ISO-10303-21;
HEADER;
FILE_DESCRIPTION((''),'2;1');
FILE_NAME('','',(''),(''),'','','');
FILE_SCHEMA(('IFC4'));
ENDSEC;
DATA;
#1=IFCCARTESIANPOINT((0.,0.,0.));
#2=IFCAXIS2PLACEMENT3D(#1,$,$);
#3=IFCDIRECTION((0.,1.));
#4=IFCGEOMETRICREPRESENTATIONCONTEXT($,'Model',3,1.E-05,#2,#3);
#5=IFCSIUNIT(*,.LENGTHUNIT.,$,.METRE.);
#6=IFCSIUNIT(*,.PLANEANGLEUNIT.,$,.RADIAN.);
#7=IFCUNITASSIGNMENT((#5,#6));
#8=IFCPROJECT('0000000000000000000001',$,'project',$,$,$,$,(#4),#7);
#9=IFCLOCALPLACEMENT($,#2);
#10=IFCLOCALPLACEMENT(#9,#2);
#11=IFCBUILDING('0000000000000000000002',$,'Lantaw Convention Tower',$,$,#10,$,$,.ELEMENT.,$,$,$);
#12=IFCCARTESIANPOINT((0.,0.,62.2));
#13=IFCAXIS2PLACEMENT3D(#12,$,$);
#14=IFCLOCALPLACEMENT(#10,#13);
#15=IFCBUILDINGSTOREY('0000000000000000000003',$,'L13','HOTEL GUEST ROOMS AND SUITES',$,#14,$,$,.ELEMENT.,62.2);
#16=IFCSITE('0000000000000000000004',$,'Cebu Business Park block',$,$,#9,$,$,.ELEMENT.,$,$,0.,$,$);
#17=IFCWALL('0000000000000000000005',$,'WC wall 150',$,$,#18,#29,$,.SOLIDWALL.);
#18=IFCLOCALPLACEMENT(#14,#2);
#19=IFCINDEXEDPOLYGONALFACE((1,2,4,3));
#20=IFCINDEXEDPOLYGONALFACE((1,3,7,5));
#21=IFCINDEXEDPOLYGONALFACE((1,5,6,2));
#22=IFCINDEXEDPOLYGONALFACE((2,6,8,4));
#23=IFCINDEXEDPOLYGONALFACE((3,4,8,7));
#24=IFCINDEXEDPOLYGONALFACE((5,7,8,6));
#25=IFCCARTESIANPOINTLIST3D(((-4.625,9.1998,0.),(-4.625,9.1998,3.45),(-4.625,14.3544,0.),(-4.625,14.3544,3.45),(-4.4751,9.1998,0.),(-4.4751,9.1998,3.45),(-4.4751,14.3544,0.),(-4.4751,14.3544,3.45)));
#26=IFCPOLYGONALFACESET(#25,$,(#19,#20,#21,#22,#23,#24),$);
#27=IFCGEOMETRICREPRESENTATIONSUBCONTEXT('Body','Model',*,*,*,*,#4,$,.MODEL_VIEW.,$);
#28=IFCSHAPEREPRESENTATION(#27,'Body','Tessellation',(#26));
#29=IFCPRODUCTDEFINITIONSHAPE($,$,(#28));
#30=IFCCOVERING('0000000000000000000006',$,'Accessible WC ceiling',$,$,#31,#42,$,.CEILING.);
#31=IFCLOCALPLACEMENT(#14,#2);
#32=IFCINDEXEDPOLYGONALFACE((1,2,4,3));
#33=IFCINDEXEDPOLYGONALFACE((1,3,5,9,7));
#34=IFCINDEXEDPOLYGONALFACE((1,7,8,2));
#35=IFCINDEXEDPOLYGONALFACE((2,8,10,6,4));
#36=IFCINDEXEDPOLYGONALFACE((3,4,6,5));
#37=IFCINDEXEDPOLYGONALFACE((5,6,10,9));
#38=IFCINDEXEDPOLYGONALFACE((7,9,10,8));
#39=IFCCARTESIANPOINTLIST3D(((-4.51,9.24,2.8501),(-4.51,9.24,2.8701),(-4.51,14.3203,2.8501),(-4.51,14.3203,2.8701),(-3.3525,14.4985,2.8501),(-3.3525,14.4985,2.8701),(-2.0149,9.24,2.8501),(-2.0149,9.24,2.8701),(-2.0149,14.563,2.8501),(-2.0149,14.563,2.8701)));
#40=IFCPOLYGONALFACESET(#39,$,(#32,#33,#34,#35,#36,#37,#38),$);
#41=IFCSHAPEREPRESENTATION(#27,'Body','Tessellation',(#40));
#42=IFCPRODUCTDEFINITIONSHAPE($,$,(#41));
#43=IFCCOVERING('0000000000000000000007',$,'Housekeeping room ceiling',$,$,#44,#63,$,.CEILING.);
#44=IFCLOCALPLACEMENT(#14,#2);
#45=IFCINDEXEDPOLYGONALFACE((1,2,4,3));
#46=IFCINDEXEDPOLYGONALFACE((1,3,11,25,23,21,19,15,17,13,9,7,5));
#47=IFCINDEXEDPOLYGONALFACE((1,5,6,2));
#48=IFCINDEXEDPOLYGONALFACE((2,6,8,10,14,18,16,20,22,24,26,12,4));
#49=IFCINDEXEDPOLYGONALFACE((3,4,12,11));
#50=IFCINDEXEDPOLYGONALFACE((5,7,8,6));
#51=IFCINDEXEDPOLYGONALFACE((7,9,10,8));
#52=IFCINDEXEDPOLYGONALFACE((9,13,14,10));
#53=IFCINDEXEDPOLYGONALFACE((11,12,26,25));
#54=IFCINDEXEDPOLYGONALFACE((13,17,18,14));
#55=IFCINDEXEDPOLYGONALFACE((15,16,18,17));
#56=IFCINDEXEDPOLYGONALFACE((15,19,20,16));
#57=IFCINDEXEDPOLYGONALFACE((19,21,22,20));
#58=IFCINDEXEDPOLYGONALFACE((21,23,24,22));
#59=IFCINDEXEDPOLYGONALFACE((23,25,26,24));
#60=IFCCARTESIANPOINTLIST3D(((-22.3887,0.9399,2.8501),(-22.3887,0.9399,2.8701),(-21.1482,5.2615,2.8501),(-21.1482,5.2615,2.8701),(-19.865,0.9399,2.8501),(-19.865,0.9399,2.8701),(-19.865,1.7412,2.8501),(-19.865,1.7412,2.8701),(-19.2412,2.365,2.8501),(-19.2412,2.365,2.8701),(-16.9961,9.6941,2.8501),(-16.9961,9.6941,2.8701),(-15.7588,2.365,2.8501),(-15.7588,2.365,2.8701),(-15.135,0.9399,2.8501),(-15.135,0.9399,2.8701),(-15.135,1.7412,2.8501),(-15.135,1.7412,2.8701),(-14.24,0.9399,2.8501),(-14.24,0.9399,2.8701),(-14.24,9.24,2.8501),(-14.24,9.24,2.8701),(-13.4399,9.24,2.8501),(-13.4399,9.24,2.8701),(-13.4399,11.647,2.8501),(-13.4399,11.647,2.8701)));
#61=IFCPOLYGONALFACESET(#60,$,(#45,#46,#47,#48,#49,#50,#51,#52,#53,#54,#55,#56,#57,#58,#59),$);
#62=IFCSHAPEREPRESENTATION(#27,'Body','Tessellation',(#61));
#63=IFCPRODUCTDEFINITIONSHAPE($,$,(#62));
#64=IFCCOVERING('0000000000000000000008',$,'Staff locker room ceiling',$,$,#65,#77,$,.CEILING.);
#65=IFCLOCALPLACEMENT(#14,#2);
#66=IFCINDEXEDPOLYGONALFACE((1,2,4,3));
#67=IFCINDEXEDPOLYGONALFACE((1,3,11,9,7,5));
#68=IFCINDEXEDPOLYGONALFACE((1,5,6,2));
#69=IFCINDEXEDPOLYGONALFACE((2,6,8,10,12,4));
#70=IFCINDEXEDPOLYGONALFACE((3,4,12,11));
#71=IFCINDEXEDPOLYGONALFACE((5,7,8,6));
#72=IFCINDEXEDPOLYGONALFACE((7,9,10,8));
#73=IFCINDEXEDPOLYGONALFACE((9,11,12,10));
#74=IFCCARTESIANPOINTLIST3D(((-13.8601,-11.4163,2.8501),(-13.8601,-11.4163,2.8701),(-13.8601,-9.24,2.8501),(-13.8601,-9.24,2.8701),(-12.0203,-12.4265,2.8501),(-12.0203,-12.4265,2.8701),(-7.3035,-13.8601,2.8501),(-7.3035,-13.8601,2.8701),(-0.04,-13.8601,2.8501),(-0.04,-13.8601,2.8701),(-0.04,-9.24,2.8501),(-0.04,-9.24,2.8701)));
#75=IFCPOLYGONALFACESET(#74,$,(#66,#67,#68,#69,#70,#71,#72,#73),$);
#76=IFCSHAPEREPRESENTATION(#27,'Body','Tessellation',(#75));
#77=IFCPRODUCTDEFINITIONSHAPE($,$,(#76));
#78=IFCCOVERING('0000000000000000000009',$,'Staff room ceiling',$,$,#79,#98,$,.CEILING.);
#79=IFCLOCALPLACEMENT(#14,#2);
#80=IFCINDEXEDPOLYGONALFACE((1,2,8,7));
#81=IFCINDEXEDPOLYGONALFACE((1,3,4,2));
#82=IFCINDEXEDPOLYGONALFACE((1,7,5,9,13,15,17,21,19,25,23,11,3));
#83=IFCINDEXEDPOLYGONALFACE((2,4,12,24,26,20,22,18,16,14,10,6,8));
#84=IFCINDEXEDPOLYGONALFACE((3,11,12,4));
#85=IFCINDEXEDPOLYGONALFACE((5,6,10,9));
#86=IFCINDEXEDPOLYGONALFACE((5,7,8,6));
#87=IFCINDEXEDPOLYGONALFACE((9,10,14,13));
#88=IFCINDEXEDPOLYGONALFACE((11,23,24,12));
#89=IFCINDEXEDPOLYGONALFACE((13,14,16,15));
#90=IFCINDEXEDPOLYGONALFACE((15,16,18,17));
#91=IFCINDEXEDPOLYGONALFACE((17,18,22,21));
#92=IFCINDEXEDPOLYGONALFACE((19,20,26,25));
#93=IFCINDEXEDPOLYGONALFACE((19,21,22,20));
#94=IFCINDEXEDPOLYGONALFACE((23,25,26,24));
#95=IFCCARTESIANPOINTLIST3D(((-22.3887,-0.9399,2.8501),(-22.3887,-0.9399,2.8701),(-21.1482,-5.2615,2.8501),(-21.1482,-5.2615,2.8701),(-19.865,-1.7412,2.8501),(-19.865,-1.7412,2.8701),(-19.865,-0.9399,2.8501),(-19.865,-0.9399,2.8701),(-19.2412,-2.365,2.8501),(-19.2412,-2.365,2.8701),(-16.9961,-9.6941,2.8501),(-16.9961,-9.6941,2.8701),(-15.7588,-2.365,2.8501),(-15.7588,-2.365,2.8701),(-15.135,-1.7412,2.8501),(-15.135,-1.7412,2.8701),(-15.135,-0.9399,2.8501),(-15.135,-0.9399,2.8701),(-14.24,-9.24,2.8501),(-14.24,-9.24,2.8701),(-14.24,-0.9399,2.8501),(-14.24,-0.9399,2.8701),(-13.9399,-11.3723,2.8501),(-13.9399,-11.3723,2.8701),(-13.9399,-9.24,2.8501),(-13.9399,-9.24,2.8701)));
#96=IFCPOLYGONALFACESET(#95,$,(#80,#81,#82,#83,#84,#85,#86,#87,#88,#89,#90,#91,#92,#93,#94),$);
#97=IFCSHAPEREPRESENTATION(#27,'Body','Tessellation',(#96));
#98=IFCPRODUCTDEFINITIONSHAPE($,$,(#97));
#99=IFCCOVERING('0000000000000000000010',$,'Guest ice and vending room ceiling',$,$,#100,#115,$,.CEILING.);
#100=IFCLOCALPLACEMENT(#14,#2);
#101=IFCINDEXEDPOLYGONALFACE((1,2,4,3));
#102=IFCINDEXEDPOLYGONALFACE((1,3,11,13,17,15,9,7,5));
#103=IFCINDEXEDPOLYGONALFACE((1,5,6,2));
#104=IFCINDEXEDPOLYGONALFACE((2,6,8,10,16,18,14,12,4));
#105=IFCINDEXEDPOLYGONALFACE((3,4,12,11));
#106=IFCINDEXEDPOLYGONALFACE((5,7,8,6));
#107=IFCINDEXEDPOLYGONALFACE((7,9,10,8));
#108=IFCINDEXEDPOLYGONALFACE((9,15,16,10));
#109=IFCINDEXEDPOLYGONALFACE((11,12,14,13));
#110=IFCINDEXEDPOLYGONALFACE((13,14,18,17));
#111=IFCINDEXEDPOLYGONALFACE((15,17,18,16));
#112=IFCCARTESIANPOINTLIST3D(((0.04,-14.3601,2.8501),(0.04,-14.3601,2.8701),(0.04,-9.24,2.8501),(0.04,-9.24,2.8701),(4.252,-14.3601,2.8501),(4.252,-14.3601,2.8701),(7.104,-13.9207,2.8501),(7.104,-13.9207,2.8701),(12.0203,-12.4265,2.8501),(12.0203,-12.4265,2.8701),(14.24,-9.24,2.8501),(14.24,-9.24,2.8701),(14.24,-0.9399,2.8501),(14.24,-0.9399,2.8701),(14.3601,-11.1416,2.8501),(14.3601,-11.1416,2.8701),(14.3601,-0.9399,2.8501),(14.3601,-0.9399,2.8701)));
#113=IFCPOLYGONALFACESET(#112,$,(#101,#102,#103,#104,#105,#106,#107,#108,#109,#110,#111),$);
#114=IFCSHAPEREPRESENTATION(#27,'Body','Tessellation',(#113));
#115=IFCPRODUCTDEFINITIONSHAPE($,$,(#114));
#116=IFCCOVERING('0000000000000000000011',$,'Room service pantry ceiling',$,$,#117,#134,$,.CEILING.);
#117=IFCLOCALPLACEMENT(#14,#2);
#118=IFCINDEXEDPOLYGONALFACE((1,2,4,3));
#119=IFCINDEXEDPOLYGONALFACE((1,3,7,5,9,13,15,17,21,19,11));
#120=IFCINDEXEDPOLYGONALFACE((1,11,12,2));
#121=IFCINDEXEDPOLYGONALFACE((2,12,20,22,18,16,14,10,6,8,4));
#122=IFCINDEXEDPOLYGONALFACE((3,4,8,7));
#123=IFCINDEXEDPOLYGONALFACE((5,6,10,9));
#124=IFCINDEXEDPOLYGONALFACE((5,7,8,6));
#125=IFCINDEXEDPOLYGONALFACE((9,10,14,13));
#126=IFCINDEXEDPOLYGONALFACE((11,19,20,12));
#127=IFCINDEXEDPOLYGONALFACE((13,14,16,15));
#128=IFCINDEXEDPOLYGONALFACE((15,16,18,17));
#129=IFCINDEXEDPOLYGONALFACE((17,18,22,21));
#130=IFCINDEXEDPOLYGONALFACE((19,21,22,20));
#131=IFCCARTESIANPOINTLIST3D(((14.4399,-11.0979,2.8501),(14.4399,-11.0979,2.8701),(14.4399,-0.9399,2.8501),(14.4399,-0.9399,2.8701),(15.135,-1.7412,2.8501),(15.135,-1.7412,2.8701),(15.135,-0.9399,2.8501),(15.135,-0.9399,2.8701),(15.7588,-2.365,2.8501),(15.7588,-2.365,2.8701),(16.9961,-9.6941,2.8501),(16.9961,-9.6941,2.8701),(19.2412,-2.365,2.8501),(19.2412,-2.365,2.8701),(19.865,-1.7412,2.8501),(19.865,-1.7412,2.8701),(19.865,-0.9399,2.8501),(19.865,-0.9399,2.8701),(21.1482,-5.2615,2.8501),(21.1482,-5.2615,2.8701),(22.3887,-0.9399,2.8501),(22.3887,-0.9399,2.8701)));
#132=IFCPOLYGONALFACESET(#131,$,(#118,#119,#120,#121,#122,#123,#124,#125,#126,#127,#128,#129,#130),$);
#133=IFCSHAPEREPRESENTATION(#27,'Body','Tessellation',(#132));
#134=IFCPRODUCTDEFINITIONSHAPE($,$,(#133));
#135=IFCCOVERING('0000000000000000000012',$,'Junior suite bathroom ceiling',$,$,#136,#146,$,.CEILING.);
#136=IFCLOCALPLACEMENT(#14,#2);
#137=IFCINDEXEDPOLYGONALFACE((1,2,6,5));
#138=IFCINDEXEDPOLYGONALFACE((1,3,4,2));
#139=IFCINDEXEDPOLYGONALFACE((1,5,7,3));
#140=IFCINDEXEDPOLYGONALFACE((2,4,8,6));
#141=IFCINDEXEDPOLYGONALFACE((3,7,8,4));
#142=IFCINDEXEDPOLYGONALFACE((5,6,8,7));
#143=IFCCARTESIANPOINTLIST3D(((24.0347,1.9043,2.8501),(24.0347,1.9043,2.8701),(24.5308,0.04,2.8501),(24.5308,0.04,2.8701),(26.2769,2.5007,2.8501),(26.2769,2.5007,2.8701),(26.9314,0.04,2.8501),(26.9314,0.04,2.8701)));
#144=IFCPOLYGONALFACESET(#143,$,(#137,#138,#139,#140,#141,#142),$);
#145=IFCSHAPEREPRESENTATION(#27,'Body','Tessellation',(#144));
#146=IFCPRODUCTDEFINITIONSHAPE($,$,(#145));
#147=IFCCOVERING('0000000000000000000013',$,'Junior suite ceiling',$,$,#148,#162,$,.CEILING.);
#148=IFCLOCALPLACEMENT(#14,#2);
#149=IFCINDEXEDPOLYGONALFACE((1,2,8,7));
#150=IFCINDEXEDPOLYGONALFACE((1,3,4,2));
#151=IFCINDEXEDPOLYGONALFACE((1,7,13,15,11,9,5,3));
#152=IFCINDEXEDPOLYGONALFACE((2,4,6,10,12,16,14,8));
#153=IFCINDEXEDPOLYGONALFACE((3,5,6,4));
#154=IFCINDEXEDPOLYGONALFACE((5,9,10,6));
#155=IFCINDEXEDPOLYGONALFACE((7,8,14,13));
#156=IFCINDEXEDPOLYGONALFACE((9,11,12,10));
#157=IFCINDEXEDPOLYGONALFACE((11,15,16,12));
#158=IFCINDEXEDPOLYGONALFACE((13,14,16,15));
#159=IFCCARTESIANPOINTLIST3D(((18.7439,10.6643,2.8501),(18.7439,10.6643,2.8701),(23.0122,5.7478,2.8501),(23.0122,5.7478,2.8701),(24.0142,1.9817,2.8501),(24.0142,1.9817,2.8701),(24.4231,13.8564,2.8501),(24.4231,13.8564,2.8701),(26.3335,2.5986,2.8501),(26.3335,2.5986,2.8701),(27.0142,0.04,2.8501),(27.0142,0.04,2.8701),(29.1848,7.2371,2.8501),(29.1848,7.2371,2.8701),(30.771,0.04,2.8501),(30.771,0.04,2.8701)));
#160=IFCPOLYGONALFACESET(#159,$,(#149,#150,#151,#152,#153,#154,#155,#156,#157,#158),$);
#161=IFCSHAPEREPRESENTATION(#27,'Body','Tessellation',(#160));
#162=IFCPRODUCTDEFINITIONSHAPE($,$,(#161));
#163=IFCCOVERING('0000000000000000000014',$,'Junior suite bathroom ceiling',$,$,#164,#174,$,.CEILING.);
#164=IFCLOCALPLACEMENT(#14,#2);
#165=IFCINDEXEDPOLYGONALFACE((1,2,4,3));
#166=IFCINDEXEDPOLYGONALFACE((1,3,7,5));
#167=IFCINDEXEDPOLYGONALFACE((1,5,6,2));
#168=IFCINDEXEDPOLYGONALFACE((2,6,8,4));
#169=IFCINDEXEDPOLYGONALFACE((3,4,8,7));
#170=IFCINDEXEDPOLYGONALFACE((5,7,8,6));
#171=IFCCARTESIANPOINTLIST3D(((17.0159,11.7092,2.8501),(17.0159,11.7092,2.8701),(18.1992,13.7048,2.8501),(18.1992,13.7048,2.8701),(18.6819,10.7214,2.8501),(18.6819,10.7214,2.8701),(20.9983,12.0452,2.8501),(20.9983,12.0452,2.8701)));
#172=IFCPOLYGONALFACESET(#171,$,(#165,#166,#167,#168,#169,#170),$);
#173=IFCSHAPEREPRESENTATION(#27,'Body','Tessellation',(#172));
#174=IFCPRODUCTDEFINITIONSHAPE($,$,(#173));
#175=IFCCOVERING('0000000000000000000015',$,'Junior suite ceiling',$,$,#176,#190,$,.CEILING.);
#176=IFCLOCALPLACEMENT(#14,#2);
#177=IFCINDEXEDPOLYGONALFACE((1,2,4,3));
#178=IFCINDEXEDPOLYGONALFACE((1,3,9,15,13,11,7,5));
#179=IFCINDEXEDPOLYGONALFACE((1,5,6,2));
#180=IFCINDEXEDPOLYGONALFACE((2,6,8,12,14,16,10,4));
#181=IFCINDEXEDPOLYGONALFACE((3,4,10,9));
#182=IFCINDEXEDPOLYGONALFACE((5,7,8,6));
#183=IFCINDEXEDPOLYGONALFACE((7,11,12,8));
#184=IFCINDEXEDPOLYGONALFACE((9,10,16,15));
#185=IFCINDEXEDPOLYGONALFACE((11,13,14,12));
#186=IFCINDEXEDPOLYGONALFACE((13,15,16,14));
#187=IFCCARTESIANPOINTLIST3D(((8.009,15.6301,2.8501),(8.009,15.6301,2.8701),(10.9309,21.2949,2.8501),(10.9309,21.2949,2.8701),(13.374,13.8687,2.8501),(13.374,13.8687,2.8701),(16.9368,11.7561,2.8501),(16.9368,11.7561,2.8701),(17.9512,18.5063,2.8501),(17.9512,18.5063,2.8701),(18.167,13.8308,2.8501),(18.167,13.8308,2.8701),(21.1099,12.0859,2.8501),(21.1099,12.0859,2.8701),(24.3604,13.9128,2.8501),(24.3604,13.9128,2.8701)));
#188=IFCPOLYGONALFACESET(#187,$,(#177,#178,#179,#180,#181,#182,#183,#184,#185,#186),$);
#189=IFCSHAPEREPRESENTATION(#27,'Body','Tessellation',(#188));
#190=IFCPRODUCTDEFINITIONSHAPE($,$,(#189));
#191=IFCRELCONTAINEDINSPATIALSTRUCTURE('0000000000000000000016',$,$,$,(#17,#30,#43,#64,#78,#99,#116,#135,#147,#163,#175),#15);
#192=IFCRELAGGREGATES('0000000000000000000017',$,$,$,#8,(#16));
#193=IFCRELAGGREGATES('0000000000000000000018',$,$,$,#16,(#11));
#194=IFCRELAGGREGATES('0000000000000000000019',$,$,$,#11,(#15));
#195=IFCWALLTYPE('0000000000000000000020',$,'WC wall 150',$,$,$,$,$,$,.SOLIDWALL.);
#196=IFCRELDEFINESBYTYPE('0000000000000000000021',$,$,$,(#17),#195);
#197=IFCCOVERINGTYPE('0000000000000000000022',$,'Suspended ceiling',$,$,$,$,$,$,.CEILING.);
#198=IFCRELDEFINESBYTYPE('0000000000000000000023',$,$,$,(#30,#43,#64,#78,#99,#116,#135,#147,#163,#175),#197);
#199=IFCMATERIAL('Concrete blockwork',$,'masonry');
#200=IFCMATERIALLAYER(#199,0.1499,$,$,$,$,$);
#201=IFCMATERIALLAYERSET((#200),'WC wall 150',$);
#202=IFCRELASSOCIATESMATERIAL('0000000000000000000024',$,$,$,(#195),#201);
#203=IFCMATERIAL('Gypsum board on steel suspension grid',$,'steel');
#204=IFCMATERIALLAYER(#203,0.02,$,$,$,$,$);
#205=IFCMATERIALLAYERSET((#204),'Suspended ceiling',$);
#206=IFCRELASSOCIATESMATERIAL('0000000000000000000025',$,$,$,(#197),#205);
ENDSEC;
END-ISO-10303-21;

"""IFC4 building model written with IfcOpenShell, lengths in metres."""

from ifc_helpers import new_model, si_unit, direction, frame, frame_2d, origin, place, context, subcontext, project, spatial, polyline, rectangle, outline, extrude, material, layer, layer_set, type_object, element, save


model = new_model("IFC4")

# Units and contexts
model_context = context("Model", 3, precision=1e-05, world=origin(), true_north=direction((0.0, 1.0)))
body_context = subcontext(model_context, "Body", "Model", "MODEL_VIEW")
ifc_project = project(units=[si_unit("LENGTHUNIT", "METRE"), si_unit("PLANEANGLEUNIT", "RADIAN")], contexts=[model_context])

# Site, building, storey
site_placement = place(None, origin())
site = spatial("IfcSite", under=ifc_project, at=site_placement, Name="Cebu Business Park block", CompositionType="ELEMENT", RefElevation=0.0)
building_placement = place(site_placement, origin())
building = spatial("IfcBuilding", under=site, at=building_placement, Name="Lantaw Convention Tower", CompositionType="ELEMENT")
storey_placement = place(building_placement, frame((0.0, 0.0, 62.2)))
storey = spatial("IfcBuildingStorey", under=building, at=storey_placement, Name="L13", Description="HOTEL GUEST ROOMS AND SUITES", CompositionType="ELEMENT", Elevation=62.2)

# Wall
ifc_material_1 = material(Name="Concrete blockwork", Category="masonry")
ifc_layer_1 = layer(ifc_material_1, 0.1499)
ifc_layer_set_1 = layer_set([ifc_layer_1], Name="WC wall 150")
wall_type_1 = type_object("IfcWallType", Name="WC wall 150", PredefinedType="SOLIDWALL", material=ifc_layer_set_1)
wall_1_placement = place(storey_placement, frame((-4.55, 9.2, 0.0), z_axis=(0.0, 0.0, 1.0), x_axis=(0.0, 1.0, 0.0)))
element("IfcWall", 1, at=wall_1_placement, inside=storey, type_object=wall_type_1, Name="WC wall 150", PredefinedType="SOLIDWALL", context=body_context, shape_type="SweptSolid", body=[
    extrude(rectangle(XDim=5.1545, YDim=0.1499, at=frame_2d((2.5771, 0.0))), origin(), (0.0, 0.0, 1.0), 3.45),
])

# Coverings
ifc_material_2 = material(Name="Gypsum board on steel suspension grid", Category="steel")
ifc_layer_2 = layer(ifc_material_2, 0.02)
ifc_layer_set_2 = layer_set([ifc_layer_2], Name="Suspended ceiling")
covering_type = type_object("IfcCoveringType", Name="Suspended ceiling", PredefinedType="CEILING", material=ifc_layer_set_2)
covering_1_placement = place(storey_placement, frame((0.0, 0.0, 2.8501)))
element("IfcCovering", 2, at=covering_1_placement, inside=storey, type_object=covering_type, Name="Accessible WC ceiling", PredefinedType="CEILING", context=body_context, shape_type="SweptSolid", body=[
    extrude(outline(polyline([(-3.3525, 14.4985), (-4.51, 14.3203), (-4.51, 9.24), (-2.0149, 9.24), (-2.0149, 14.563), (-3.3525, 14.4985)])), origin(), (0.0, 0.0, 1.0), 0.02),
])
covering_2_placement = place(storey_placement, frame((0.0, 0.0, 2.8501)))
element("IfcCovering", 3, at=covering_2_placement, inside=storey, type_object=covering_type, Name="Housekeeping room ceiling", PredefinedType="CEILING", context=body_context, shape_type="SweptSolid", body=[
    extrude(outline(polyline([(-22.3887, 0.9399), (-19.865, 0.9399), (-19.865, 1.7412), (-19.2412, 2.365), (-15.7588, 2.365), (-15.135, 1.7412), (-15.135, 0.9399), (-14.24, 0.9399), (-14.24, 9.24), (-13.4399, 9.24), (-13.4399, 11.647), (-16.9961, 9.6941), (-21.1482, 5.2615), (-22.3887, 0.9399)])), origin(), (0.0, 0.0, 1.0), 0.02),
])
covering_3_placement = place(storey_placement, frame((0.0, 0.0, 2.8501)))
element("IfcCovering", 4, at=covering_3_placement, inside=storey, type_object=covering_type, Name="Staff locker room ceiling", PredefinedType="CEILING", context=body_context, shape_type="SweptSolid", body=[
    extrude(outline(polyline([(-12.0203, -12.4265), (-7.3035, -13.8601), (-0.04, -13.8601), (-0.04, -9.24), (-13.8601, -9.24), (-13.8601, -11.4163), (-12.0203, -12.4265)])), origin(), (0.0, 0.0, 1.0), 0.02),
])
covering_4_placement = place(storey_placement, frame((0.0, 0.0, 2.8501)))
element("IfcCovering", 5, at=covering_4_placement, inside=storey, type_object=covering_type, Name="Staff room ceiling", PredefinedType="CEILING", context=body_context, shape_type="SweptSolid", body=[
    extrude(outline(polyline([(-22.3887, -0.9399), (-21.1482, -5.2615), (-16.9961, -9.6941), (-13.9399, -11.3723), (-13.9399, -9.24), (-14.24, -9.24), (-14.24, -0.9399), (-15.135, -0.9399), (-15.135, -1.7412), (-15.7588, -2.365), (-19.2412, -2.365), (-19.865, -1.7412), (-19.865, -0.9399), (-22.3887, -0.9399)])), origin(), (0.0, 0.0, 1.0), 0.02),
])
covering_5_placement = place(storey_placement, frame((0.0, 0.0, 2.8501)))
element("IfcCovering", 6, at=covering_5_placement, inside=storey, type_object=covering_type, Name="Guest ice and vending room ceiling", PredefinedType="CEILING", context=body_context, shape_type="SweptSolid", body=[
    extrude(outline(polyline([(7.104, -13.9207), (12.0203, -12.4265), (14.3601, -11.1416), (14.3601, -0.9399), (14.24, -0.9399), (14.24, -9.24), (0.04, -9.24), (0.04, -14.3601), (4.252, -14.3601), (7.104, -13.9207)])), origin(), (0.0, 0.0, 1.0), 0.02),
])
covering_6_placement = place(storey_placement, frame((0.0, 0.0, 2.8501)))
element("IfcCovering", 7, at=covering_6_placement, inside=storey, type_object=covering_type, Name="Room service pantry ceiling", PredefinedType="CEILING", context=body_context, shape_type="SweptSolid", body=[
    extrude(outline(polyline([(22.3887, -0.9399), (19.865, -0.9399), (19.865, -1.7412), (19.2412, -2.365), (15.7588, -2.365), (15.135, -1.7412), (15.135, -0.9399), (14.4399, -0.9399), (14.4399, -11.0979), (16.9961, -9.6941), (21.1482, -5.2615), (22.3887, -0.9399)])), origin(), (0.0, 0.0, 1.0), 0.02),
])
covering_7_placement = place(storey_placement, frame((0.0, 0.0, 2.8501)))
element("IfcCovering", 8, at=covering_7_placement, inside=storey, type_object=covering_type, Name="Junior suite bathroom ceiling", PredefinedType="CEILING", context=body_context, shape_type="SweptSolid", body=[
    extrude(outline(polyline([(24.5308, 0.04), (26.9314, 0.04), (26.2769, 2.5007), (24.0347, 1.9043), (24.5308, 0.04)])), origin(), (0.0, 0.0, 1.0), 0.02),
])
covering_8_placement = place(storey_placement, frame((0.0, 0.0, 2.8501)))
element("IfcCovering", 9, at=covering_8_placement, inside=storey, type_object=covering_type, Name="Junior suite ceiling", PredefinedType="CEILING", context=body_context, shape_type="SweptSolid", body=[
    extrude(outline(polyline([(23.0122, 5.7478), (24.0142, 1.9817), (26.3335, 2.5986), (27.0142, 0.04), (30.771, 0.04), (29.1848, 7.2371), (24.4231, 13.8564), (18.7439, 10.6643), (23.0122, 5.7478)])), origin(), (0.0, 0.0, 1.0), 0.02),
])
covering_9_placement = place(storey_placement, frame((0.0, 0.0, 2.8501)))
element("IfcCovering", 10, at=covering_9_placement, inside=storey, type_object=covering_type, Name="Junior suite bathroom ceiling", PredefinedType="CEILING", context=body_context, shape_type="SweptSolid", body=[
    extrude(outline(polyline([(18.6819, 10.7214), (20.9983, 12.0452), (18.1992, 13.7048), (17.0159, 11.7092), (18.6819, 10.7214)])), origin(), (0.0, 0.0, 1.0), 0.02),
])
covering_10_placement = place(storey_placement, frame((0.0, 0.0, 2.8501)))
element("IfcCovering", 11, at=covering_10_placement, inside=storey, type_object=covering_type, Name="Junior suite ceiling", PredefinedType="CEILING", context=body_context, shape_type="SweptSolid", body=[
    extrude(outline(polyline([(8.009, 15.6301), (13.374, 13.8687), (16.9368, 11.7561), (18.167, 13.8308), (21.1099, 12.0859), (24.3604, 13.9128), (17.9512, 18.5063), (10.9309, 21.2949), (8.009, 15.6301)])), origin(), (0.0, 0.0, 1.0), 0.02),
])

save(model, "model.ifc")
